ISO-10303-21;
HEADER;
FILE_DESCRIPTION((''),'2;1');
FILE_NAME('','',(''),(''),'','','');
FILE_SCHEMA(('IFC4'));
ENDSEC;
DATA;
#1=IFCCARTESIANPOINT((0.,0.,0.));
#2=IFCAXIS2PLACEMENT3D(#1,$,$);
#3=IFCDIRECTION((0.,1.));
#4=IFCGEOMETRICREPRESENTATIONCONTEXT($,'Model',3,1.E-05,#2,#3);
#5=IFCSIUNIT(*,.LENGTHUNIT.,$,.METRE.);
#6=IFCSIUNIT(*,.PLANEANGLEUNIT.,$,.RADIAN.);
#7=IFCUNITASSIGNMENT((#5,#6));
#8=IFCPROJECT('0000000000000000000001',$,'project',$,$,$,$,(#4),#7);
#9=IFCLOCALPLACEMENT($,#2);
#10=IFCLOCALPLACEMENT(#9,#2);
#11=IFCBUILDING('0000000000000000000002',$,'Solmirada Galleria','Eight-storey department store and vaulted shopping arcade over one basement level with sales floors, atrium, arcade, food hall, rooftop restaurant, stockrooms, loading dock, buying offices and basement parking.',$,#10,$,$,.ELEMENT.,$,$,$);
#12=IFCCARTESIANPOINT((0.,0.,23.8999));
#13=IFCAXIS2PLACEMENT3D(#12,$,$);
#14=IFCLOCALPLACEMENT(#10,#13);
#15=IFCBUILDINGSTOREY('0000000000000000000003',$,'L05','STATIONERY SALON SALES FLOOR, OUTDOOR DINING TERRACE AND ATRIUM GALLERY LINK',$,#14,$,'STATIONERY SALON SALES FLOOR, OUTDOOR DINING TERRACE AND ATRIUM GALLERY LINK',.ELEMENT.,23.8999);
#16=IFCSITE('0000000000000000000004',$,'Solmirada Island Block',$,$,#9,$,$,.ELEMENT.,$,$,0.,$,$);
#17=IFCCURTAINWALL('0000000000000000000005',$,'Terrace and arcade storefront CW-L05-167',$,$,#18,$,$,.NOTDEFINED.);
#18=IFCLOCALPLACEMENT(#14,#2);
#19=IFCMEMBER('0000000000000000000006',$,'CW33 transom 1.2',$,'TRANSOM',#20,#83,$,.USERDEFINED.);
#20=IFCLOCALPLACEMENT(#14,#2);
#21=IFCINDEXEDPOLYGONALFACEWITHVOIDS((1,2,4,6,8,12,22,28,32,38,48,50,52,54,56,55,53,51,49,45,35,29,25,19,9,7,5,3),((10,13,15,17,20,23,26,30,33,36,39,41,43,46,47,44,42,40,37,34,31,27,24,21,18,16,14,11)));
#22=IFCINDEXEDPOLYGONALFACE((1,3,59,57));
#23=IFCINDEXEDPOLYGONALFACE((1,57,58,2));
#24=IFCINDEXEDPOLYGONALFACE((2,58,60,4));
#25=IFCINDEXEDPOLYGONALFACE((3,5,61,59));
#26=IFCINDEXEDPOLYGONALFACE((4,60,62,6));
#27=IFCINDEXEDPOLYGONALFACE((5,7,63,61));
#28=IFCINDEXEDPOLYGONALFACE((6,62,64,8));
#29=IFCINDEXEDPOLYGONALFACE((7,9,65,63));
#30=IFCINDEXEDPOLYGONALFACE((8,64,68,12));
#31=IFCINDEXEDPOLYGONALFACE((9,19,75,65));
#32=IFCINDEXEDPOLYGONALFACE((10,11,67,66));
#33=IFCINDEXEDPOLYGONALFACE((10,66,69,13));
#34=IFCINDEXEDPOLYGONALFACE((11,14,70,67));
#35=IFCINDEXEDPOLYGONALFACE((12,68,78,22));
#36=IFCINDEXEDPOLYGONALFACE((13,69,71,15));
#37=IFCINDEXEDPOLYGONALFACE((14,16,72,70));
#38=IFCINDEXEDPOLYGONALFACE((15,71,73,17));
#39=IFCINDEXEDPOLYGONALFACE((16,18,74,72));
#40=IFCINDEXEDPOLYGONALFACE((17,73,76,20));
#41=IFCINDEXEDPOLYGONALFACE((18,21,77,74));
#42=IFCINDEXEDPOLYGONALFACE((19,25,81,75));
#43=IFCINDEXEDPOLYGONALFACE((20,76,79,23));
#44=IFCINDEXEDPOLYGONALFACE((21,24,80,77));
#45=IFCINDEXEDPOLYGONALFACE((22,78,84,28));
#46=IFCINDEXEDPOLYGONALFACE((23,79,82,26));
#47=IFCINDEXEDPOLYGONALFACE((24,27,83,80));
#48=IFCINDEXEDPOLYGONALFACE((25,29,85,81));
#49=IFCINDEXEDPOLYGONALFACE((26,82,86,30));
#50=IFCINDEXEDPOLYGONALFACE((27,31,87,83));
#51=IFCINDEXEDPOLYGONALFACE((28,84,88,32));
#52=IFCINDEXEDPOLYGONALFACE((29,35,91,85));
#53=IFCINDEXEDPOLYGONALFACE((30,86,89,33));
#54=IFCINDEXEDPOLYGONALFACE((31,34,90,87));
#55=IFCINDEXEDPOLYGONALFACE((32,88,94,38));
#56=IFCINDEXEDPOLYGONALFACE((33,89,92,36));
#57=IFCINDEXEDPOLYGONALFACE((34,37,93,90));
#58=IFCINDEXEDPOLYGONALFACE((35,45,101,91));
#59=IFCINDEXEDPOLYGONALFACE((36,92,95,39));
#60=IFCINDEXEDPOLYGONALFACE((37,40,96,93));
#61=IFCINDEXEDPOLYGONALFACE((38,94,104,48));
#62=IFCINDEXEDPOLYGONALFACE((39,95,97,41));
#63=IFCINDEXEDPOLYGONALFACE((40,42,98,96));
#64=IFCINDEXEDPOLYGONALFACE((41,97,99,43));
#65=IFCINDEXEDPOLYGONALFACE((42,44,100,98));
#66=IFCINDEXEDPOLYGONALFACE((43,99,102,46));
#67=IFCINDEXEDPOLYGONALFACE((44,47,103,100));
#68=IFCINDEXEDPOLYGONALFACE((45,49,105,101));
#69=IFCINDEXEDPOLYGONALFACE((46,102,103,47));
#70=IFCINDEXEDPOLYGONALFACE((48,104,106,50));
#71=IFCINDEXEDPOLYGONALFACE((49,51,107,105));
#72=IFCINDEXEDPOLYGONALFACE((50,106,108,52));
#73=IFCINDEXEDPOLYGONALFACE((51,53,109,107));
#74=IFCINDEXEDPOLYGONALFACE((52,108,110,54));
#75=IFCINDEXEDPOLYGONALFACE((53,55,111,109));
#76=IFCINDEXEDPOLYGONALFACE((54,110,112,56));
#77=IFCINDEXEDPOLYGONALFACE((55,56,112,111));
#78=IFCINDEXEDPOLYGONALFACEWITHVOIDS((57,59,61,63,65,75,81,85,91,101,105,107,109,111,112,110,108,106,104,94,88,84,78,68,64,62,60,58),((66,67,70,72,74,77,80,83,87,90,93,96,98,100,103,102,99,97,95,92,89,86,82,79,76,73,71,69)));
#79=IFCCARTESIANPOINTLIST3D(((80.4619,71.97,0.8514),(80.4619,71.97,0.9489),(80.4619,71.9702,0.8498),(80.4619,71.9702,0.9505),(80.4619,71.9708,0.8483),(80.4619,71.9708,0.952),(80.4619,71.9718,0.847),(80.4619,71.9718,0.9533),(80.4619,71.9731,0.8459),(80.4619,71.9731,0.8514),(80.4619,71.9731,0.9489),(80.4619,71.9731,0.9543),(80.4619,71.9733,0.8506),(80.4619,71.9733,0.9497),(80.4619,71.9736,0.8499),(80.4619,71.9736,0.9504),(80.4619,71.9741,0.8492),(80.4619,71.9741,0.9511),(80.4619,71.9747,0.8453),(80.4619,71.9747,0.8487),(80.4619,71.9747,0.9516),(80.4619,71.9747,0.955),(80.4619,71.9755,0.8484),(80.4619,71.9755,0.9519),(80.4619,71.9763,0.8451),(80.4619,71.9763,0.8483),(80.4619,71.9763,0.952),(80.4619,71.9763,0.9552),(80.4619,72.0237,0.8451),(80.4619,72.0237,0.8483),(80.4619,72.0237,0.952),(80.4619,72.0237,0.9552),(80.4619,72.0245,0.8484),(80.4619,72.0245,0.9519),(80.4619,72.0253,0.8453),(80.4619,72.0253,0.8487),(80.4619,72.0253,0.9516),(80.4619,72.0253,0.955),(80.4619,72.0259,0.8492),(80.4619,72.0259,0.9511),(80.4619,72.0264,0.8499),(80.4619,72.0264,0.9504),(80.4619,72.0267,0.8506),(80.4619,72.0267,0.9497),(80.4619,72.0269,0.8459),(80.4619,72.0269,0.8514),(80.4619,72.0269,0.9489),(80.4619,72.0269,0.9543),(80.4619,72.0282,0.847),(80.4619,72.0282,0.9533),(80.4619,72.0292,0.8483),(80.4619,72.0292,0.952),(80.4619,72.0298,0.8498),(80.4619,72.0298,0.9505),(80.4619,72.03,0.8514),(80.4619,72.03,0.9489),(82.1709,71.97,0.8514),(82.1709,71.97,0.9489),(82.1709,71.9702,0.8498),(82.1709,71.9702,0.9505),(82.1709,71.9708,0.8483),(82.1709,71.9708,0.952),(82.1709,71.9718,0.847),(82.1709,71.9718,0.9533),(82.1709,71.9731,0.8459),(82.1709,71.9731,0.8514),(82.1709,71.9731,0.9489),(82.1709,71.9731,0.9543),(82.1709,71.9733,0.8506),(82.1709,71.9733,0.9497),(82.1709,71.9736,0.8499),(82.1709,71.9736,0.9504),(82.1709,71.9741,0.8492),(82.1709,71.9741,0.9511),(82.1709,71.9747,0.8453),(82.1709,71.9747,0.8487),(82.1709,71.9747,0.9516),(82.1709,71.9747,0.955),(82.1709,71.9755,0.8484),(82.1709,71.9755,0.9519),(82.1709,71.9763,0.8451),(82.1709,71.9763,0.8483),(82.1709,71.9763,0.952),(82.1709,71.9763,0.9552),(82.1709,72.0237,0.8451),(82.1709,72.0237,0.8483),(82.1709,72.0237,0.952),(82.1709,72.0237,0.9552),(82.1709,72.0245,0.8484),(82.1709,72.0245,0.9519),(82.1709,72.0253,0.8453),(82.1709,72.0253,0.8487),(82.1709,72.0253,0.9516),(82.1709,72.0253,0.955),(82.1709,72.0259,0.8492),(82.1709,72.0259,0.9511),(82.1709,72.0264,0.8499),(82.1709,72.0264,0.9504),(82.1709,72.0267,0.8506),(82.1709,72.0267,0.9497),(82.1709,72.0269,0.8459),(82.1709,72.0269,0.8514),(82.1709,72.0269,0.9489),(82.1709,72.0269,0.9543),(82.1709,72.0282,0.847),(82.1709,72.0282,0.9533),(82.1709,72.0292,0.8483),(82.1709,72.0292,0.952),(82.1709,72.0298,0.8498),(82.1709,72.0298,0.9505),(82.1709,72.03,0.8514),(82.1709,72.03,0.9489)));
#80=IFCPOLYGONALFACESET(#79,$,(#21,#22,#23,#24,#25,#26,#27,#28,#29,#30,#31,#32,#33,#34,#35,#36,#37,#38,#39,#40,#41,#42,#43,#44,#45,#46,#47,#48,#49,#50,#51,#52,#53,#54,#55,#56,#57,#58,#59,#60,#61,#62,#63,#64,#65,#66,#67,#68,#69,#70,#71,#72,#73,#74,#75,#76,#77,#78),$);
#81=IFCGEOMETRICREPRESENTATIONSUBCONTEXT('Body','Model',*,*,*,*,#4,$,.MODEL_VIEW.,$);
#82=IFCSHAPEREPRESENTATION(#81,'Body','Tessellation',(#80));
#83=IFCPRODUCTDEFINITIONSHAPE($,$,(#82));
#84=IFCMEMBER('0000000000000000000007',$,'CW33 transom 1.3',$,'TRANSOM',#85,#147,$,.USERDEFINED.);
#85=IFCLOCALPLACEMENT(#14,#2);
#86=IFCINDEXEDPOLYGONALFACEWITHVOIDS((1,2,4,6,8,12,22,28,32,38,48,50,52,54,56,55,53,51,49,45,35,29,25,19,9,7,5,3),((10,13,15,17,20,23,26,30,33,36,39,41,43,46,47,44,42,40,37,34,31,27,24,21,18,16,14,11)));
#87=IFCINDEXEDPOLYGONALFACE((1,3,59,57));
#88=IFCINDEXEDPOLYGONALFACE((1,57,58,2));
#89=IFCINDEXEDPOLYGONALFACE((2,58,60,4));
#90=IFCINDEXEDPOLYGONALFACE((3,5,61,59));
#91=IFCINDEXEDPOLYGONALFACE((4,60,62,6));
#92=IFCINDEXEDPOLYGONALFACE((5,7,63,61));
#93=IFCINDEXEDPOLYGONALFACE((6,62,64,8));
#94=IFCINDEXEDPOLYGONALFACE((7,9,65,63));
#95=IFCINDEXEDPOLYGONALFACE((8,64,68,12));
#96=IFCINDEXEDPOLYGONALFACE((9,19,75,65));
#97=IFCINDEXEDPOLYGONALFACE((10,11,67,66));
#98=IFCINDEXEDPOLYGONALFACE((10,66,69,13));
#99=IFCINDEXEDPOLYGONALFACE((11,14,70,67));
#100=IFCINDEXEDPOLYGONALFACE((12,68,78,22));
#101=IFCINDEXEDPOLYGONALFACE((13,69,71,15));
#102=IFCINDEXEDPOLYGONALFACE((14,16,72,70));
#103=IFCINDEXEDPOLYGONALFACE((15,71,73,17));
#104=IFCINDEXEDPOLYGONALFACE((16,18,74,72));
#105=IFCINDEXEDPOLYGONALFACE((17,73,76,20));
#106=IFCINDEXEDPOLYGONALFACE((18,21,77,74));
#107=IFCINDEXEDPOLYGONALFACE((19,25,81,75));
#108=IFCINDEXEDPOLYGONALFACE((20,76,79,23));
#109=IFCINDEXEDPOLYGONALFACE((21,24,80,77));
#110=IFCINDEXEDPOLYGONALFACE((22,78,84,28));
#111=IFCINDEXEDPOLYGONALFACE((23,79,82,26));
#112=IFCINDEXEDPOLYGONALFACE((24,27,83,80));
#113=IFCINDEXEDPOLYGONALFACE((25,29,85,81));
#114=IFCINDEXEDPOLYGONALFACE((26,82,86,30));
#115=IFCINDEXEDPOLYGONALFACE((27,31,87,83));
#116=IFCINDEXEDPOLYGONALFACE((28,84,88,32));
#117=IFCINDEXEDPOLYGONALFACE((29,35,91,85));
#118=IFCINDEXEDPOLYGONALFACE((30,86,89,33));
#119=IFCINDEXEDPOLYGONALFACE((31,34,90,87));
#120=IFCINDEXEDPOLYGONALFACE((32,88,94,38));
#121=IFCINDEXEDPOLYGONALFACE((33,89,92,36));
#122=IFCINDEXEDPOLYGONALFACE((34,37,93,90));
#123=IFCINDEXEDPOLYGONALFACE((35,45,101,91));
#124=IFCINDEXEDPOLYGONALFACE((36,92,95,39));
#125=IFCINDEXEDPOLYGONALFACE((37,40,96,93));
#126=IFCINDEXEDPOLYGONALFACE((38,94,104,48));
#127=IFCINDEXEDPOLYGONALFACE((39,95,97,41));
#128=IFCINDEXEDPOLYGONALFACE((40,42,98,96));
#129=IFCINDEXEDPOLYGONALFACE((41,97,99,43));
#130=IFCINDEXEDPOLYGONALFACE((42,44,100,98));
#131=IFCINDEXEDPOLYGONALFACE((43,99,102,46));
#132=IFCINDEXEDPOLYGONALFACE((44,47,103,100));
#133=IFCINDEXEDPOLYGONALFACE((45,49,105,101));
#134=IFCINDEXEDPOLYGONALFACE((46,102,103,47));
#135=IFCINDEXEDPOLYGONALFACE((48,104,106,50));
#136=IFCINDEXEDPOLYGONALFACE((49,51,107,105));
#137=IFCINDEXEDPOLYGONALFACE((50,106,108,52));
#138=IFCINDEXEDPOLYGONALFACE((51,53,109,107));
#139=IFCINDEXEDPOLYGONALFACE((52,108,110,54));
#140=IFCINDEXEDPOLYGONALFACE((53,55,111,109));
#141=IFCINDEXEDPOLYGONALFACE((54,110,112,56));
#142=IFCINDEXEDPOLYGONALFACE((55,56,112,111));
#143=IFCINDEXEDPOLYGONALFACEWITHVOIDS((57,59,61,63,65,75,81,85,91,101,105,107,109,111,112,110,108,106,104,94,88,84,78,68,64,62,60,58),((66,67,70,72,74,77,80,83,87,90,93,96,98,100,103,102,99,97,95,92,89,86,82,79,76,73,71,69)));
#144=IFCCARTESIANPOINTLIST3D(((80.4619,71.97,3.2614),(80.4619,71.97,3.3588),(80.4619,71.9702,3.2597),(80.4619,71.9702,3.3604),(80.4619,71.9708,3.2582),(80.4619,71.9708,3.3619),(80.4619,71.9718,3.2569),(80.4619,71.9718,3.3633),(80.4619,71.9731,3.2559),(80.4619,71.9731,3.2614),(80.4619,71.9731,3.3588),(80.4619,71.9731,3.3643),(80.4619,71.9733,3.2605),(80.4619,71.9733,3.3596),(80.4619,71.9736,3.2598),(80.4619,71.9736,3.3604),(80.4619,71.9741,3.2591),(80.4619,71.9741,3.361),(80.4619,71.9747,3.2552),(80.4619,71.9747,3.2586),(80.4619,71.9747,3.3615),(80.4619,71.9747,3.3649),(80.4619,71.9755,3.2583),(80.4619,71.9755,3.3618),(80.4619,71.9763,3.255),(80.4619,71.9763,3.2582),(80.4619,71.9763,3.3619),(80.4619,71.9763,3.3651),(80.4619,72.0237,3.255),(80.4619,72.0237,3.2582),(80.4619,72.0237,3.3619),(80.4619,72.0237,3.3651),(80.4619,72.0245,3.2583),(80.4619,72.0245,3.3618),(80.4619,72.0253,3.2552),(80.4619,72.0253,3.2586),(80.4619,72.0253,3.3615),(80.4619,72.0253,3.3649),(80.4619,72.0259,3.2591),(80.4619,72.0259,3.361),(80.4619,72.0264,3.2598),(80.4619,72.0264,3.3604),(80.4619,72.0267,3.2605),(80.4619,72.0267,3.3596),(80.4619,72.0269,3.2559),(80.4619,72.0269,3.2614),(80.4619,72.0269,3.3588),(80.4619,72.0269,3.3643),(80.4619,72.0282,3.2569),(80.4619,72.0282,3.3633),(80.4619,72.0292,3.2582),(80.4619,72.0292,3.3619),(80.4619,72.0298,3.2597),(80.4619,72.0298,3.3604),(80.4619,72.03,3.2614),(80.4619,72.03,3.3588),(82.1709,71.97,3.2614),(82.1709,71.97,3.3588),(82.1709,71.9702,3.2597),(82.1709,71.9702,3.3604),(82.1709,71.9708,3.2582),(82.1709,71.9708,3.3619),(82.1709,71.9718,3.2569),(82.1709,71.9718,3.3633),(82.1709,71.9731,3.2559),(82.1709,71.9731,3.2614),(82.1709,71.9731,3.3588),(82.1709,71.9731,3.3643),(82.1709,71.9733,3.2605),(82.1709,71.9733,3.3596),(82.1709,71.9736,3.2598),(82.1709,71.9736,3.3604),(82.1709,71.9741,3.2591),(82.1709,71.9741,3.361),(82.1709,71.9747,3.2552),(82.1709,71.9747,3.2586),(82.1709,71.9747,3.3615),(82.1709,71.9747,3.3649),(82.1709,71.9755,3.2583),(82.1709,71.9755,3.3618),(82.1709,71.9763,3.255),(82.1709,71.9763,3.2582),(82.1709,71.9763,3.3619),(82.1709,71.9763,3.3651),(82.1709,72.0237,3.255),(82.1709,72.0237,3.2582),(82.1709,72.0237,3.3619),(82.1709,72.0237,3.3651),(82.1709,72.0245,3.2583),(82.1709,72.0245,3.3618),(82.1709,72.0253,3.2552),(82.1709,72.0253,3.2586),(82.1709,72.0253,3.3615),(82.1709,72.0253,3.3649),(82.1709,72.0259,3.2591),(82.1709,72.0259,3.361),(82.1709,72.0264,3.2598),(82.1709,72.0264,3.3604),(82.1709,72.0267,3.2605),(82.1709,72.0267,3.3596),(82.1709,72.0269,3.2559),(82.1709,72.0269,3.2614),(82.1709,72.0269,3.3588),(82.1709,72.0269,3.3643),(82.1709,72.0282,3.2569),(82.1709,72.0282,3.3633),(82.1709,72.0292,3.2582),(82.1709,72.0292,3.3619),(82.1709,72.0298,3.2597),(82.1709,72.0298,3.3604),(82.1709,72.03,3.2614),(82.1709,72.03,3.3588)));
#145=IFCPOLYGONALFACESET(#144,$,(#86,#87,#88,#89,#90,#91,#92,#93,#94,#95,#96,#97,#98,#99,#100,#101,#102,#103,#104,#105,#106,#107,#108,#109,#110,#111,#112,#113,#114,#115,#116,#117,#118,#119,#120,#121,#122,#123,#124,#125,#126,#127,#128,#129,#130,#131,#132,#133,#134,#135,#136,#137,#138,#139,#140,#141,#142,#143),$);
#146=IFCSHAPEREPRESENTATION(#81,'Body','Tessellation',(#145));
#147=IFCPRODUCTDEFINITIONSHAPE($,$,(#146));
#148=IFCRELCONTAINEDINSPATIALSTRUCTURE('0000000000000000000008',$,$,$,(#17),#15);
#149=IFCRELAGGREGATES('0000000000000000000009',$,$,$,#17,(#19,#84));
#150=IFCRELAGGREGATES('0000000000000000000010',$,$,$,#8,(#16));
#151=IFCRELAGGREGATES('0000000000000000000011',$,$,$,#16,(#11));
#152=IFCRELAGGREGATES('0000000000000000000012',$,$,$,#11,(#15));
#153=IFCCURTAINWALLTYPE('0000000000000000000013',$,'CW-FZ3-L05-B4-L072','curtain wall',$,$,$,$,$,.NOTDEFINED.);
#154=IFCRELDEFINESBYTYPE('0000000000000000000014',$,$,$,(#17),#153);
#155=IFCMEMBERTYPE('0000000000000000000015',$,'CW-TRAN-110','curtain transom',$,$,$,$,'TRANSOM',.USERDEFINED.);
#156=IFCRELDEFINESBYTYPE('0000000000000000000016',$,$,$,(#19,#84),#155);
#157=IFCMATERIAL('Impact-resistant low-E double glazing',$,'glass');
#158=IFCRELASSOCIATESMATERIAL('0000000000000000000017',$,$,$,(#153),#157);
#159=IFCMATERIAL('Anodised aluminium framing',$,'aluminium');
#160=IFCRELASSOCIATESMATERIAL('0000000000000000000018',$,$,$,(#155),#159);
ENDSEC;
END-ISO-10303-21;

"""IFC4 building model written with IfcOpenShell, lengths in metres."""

from ifc_helpers import new_model, si_unit, direction, frame, origin, origin_2d, place, context, subcontext, project, spatial, hollow_rectangle, extrude, material, material_profile, profile_set, type_object, element, aggregate, save


model = new_model("IFC4")

# Units and contexts
model_context = context("Model", 3, precision=1e-05, world=origin(), true_north=direction((0.0, 1.0)))
body_context = subcontext(model_context, "Body", "Model", "MODEL_VIEW")
ifc_project = project(units=[si_unit("LENGTHUNIT", "METRE"), si_unit("PLANEANGLEUNIT", "RADIAN")], contexts=[model_context])

# Site, building, storey
site_placement = place(None, origin())
site = spatial("IfcSite", under=ifc_project, at=site_placement, Name="Solmirada Island Block", CompositionType="ELEMENT", RefElevation=0.0)
building_placement = place(site_placement, origin())
building = spatial("IfcBuilding", under=site, at=building_placement, Name="Solmirada Galleria", Description="Eight-storey department store and vaulted shopping arcade over one basement level with sales floors, atrium, arcade, food hall, rooftop restaurant, stockrooms, loading dock, buying offices and basement parking.", CompositionType="ELEMENT")
storey_placement = place(building_placement, frame((0.0, 0.0, 23.8999)))
storey = spatial("IfcBuildingStorey", under=building, at=storey_placement, Name="L05", Description="STATIONERY SALON SALES FLOOR, OUTDOOR DINING TERRACE AND ATRIUM GALLERY LINK", LongName="STATIONERY SALON SALES FLOOR, OUTDOOR DINING TERRACE AND ATRIUM GALLERY LINK", CompositionType="ELEMENT", Elevation=23.8999)

# Curtain wall, members
ifc_material_1 = material(Name="Impact-resistant low-E double glazing", Category="glass")
curtain_wall_type = type_object("IfcCurtainWallType", Name="CW-FZ3-L05-B4-L072", Description="curtain wall", PredefinedType="NOTDEFINED", material=ifc_material_1)
curtain_wall_placement = place(storey_placement, origin())
curtain_wall = element("IfcCurtainWall", 1, at=curtain_wall_placement, inside=storey, type_object=curtain_wall_type, Name="Terrace and arcade storefront CW-L05-167", PredefinedType="NOTDEFINED")
ifc_material_2 = material(Name="Anodised aluminium framing", Category="aluminium")
ifc_material_profile_1 = material_profile(ifc_material_2, hollow_rectangle(XDim=0.0601, YDim=0.1101, WallThickness=0.0032, InnerFilletRadius=0.0032, OuterFilletRadius=0.0063, at=origin_2d()), Name="ALU-TRAN-110X60")
ifc_profile_set_1 = profile_set([ifc_material_profile_1], Name="Anodised aluminium framing")
member_type_1 = type_object("IfcMemberType", Name="CW-TRAN-110", Description="curtain transom", ElementType="TRANSOM", PredefinedType="USERDEFINED", material=ifc_profile_set_1)
member_1_placement = place(storey_placement, frame((80.4619, 72.0, 0.9001), z_axis=(1.0, 0.0, 0.0), x_axis=(0.0, 1.0, 0.0)))
member_1 = element("IfcMember", 2, at=member_1_placement, type_object=member_type_1, Name="CW33 transom 1.2", ObjectType="TRANSOM", PredefinedType="USERDEFINED", context=body_context, shape_type="SweptSolid", body=[
    extrude(hollow_rectangle(XDim=0.0601, YDim=0.1101, WallThickness=0.0032, InnerFilletRadius=0.0032, OuterFilletRadius=0.0063, at=origin_2d()), origin(), (0.0, 0.0, 1.0), 1.709),
])
member_2_placement = place(storey_placement, frame((80.4619, 72.0, 3.3101), z_axis=(1.0, 0.0, 0.0), x_axis=(0.0, 1.0, 0.0)))
member_2 = element("IfcMember", 3, at=member_2_placement, type_object=member_type_1, Name="CW33 transom 1.3", ObjectType="TRANSOM", PredefinedType="USERDEFINED", context=body_context, shape_type="SweptSolid", body=[
    extrude(hollow_rectangle(XDim=0.0601, YDim=0.1101, WallThickness=0.0032, InnerFilletRadius=0.0032, OuterFilletRadius=0.0063, at=origin_2d()), origin(), (0.0, 0.0, 1.0), 1.709),
])
aggregate(curtain_wall, [member_1, member_2])

save(model, "model.ifc")
